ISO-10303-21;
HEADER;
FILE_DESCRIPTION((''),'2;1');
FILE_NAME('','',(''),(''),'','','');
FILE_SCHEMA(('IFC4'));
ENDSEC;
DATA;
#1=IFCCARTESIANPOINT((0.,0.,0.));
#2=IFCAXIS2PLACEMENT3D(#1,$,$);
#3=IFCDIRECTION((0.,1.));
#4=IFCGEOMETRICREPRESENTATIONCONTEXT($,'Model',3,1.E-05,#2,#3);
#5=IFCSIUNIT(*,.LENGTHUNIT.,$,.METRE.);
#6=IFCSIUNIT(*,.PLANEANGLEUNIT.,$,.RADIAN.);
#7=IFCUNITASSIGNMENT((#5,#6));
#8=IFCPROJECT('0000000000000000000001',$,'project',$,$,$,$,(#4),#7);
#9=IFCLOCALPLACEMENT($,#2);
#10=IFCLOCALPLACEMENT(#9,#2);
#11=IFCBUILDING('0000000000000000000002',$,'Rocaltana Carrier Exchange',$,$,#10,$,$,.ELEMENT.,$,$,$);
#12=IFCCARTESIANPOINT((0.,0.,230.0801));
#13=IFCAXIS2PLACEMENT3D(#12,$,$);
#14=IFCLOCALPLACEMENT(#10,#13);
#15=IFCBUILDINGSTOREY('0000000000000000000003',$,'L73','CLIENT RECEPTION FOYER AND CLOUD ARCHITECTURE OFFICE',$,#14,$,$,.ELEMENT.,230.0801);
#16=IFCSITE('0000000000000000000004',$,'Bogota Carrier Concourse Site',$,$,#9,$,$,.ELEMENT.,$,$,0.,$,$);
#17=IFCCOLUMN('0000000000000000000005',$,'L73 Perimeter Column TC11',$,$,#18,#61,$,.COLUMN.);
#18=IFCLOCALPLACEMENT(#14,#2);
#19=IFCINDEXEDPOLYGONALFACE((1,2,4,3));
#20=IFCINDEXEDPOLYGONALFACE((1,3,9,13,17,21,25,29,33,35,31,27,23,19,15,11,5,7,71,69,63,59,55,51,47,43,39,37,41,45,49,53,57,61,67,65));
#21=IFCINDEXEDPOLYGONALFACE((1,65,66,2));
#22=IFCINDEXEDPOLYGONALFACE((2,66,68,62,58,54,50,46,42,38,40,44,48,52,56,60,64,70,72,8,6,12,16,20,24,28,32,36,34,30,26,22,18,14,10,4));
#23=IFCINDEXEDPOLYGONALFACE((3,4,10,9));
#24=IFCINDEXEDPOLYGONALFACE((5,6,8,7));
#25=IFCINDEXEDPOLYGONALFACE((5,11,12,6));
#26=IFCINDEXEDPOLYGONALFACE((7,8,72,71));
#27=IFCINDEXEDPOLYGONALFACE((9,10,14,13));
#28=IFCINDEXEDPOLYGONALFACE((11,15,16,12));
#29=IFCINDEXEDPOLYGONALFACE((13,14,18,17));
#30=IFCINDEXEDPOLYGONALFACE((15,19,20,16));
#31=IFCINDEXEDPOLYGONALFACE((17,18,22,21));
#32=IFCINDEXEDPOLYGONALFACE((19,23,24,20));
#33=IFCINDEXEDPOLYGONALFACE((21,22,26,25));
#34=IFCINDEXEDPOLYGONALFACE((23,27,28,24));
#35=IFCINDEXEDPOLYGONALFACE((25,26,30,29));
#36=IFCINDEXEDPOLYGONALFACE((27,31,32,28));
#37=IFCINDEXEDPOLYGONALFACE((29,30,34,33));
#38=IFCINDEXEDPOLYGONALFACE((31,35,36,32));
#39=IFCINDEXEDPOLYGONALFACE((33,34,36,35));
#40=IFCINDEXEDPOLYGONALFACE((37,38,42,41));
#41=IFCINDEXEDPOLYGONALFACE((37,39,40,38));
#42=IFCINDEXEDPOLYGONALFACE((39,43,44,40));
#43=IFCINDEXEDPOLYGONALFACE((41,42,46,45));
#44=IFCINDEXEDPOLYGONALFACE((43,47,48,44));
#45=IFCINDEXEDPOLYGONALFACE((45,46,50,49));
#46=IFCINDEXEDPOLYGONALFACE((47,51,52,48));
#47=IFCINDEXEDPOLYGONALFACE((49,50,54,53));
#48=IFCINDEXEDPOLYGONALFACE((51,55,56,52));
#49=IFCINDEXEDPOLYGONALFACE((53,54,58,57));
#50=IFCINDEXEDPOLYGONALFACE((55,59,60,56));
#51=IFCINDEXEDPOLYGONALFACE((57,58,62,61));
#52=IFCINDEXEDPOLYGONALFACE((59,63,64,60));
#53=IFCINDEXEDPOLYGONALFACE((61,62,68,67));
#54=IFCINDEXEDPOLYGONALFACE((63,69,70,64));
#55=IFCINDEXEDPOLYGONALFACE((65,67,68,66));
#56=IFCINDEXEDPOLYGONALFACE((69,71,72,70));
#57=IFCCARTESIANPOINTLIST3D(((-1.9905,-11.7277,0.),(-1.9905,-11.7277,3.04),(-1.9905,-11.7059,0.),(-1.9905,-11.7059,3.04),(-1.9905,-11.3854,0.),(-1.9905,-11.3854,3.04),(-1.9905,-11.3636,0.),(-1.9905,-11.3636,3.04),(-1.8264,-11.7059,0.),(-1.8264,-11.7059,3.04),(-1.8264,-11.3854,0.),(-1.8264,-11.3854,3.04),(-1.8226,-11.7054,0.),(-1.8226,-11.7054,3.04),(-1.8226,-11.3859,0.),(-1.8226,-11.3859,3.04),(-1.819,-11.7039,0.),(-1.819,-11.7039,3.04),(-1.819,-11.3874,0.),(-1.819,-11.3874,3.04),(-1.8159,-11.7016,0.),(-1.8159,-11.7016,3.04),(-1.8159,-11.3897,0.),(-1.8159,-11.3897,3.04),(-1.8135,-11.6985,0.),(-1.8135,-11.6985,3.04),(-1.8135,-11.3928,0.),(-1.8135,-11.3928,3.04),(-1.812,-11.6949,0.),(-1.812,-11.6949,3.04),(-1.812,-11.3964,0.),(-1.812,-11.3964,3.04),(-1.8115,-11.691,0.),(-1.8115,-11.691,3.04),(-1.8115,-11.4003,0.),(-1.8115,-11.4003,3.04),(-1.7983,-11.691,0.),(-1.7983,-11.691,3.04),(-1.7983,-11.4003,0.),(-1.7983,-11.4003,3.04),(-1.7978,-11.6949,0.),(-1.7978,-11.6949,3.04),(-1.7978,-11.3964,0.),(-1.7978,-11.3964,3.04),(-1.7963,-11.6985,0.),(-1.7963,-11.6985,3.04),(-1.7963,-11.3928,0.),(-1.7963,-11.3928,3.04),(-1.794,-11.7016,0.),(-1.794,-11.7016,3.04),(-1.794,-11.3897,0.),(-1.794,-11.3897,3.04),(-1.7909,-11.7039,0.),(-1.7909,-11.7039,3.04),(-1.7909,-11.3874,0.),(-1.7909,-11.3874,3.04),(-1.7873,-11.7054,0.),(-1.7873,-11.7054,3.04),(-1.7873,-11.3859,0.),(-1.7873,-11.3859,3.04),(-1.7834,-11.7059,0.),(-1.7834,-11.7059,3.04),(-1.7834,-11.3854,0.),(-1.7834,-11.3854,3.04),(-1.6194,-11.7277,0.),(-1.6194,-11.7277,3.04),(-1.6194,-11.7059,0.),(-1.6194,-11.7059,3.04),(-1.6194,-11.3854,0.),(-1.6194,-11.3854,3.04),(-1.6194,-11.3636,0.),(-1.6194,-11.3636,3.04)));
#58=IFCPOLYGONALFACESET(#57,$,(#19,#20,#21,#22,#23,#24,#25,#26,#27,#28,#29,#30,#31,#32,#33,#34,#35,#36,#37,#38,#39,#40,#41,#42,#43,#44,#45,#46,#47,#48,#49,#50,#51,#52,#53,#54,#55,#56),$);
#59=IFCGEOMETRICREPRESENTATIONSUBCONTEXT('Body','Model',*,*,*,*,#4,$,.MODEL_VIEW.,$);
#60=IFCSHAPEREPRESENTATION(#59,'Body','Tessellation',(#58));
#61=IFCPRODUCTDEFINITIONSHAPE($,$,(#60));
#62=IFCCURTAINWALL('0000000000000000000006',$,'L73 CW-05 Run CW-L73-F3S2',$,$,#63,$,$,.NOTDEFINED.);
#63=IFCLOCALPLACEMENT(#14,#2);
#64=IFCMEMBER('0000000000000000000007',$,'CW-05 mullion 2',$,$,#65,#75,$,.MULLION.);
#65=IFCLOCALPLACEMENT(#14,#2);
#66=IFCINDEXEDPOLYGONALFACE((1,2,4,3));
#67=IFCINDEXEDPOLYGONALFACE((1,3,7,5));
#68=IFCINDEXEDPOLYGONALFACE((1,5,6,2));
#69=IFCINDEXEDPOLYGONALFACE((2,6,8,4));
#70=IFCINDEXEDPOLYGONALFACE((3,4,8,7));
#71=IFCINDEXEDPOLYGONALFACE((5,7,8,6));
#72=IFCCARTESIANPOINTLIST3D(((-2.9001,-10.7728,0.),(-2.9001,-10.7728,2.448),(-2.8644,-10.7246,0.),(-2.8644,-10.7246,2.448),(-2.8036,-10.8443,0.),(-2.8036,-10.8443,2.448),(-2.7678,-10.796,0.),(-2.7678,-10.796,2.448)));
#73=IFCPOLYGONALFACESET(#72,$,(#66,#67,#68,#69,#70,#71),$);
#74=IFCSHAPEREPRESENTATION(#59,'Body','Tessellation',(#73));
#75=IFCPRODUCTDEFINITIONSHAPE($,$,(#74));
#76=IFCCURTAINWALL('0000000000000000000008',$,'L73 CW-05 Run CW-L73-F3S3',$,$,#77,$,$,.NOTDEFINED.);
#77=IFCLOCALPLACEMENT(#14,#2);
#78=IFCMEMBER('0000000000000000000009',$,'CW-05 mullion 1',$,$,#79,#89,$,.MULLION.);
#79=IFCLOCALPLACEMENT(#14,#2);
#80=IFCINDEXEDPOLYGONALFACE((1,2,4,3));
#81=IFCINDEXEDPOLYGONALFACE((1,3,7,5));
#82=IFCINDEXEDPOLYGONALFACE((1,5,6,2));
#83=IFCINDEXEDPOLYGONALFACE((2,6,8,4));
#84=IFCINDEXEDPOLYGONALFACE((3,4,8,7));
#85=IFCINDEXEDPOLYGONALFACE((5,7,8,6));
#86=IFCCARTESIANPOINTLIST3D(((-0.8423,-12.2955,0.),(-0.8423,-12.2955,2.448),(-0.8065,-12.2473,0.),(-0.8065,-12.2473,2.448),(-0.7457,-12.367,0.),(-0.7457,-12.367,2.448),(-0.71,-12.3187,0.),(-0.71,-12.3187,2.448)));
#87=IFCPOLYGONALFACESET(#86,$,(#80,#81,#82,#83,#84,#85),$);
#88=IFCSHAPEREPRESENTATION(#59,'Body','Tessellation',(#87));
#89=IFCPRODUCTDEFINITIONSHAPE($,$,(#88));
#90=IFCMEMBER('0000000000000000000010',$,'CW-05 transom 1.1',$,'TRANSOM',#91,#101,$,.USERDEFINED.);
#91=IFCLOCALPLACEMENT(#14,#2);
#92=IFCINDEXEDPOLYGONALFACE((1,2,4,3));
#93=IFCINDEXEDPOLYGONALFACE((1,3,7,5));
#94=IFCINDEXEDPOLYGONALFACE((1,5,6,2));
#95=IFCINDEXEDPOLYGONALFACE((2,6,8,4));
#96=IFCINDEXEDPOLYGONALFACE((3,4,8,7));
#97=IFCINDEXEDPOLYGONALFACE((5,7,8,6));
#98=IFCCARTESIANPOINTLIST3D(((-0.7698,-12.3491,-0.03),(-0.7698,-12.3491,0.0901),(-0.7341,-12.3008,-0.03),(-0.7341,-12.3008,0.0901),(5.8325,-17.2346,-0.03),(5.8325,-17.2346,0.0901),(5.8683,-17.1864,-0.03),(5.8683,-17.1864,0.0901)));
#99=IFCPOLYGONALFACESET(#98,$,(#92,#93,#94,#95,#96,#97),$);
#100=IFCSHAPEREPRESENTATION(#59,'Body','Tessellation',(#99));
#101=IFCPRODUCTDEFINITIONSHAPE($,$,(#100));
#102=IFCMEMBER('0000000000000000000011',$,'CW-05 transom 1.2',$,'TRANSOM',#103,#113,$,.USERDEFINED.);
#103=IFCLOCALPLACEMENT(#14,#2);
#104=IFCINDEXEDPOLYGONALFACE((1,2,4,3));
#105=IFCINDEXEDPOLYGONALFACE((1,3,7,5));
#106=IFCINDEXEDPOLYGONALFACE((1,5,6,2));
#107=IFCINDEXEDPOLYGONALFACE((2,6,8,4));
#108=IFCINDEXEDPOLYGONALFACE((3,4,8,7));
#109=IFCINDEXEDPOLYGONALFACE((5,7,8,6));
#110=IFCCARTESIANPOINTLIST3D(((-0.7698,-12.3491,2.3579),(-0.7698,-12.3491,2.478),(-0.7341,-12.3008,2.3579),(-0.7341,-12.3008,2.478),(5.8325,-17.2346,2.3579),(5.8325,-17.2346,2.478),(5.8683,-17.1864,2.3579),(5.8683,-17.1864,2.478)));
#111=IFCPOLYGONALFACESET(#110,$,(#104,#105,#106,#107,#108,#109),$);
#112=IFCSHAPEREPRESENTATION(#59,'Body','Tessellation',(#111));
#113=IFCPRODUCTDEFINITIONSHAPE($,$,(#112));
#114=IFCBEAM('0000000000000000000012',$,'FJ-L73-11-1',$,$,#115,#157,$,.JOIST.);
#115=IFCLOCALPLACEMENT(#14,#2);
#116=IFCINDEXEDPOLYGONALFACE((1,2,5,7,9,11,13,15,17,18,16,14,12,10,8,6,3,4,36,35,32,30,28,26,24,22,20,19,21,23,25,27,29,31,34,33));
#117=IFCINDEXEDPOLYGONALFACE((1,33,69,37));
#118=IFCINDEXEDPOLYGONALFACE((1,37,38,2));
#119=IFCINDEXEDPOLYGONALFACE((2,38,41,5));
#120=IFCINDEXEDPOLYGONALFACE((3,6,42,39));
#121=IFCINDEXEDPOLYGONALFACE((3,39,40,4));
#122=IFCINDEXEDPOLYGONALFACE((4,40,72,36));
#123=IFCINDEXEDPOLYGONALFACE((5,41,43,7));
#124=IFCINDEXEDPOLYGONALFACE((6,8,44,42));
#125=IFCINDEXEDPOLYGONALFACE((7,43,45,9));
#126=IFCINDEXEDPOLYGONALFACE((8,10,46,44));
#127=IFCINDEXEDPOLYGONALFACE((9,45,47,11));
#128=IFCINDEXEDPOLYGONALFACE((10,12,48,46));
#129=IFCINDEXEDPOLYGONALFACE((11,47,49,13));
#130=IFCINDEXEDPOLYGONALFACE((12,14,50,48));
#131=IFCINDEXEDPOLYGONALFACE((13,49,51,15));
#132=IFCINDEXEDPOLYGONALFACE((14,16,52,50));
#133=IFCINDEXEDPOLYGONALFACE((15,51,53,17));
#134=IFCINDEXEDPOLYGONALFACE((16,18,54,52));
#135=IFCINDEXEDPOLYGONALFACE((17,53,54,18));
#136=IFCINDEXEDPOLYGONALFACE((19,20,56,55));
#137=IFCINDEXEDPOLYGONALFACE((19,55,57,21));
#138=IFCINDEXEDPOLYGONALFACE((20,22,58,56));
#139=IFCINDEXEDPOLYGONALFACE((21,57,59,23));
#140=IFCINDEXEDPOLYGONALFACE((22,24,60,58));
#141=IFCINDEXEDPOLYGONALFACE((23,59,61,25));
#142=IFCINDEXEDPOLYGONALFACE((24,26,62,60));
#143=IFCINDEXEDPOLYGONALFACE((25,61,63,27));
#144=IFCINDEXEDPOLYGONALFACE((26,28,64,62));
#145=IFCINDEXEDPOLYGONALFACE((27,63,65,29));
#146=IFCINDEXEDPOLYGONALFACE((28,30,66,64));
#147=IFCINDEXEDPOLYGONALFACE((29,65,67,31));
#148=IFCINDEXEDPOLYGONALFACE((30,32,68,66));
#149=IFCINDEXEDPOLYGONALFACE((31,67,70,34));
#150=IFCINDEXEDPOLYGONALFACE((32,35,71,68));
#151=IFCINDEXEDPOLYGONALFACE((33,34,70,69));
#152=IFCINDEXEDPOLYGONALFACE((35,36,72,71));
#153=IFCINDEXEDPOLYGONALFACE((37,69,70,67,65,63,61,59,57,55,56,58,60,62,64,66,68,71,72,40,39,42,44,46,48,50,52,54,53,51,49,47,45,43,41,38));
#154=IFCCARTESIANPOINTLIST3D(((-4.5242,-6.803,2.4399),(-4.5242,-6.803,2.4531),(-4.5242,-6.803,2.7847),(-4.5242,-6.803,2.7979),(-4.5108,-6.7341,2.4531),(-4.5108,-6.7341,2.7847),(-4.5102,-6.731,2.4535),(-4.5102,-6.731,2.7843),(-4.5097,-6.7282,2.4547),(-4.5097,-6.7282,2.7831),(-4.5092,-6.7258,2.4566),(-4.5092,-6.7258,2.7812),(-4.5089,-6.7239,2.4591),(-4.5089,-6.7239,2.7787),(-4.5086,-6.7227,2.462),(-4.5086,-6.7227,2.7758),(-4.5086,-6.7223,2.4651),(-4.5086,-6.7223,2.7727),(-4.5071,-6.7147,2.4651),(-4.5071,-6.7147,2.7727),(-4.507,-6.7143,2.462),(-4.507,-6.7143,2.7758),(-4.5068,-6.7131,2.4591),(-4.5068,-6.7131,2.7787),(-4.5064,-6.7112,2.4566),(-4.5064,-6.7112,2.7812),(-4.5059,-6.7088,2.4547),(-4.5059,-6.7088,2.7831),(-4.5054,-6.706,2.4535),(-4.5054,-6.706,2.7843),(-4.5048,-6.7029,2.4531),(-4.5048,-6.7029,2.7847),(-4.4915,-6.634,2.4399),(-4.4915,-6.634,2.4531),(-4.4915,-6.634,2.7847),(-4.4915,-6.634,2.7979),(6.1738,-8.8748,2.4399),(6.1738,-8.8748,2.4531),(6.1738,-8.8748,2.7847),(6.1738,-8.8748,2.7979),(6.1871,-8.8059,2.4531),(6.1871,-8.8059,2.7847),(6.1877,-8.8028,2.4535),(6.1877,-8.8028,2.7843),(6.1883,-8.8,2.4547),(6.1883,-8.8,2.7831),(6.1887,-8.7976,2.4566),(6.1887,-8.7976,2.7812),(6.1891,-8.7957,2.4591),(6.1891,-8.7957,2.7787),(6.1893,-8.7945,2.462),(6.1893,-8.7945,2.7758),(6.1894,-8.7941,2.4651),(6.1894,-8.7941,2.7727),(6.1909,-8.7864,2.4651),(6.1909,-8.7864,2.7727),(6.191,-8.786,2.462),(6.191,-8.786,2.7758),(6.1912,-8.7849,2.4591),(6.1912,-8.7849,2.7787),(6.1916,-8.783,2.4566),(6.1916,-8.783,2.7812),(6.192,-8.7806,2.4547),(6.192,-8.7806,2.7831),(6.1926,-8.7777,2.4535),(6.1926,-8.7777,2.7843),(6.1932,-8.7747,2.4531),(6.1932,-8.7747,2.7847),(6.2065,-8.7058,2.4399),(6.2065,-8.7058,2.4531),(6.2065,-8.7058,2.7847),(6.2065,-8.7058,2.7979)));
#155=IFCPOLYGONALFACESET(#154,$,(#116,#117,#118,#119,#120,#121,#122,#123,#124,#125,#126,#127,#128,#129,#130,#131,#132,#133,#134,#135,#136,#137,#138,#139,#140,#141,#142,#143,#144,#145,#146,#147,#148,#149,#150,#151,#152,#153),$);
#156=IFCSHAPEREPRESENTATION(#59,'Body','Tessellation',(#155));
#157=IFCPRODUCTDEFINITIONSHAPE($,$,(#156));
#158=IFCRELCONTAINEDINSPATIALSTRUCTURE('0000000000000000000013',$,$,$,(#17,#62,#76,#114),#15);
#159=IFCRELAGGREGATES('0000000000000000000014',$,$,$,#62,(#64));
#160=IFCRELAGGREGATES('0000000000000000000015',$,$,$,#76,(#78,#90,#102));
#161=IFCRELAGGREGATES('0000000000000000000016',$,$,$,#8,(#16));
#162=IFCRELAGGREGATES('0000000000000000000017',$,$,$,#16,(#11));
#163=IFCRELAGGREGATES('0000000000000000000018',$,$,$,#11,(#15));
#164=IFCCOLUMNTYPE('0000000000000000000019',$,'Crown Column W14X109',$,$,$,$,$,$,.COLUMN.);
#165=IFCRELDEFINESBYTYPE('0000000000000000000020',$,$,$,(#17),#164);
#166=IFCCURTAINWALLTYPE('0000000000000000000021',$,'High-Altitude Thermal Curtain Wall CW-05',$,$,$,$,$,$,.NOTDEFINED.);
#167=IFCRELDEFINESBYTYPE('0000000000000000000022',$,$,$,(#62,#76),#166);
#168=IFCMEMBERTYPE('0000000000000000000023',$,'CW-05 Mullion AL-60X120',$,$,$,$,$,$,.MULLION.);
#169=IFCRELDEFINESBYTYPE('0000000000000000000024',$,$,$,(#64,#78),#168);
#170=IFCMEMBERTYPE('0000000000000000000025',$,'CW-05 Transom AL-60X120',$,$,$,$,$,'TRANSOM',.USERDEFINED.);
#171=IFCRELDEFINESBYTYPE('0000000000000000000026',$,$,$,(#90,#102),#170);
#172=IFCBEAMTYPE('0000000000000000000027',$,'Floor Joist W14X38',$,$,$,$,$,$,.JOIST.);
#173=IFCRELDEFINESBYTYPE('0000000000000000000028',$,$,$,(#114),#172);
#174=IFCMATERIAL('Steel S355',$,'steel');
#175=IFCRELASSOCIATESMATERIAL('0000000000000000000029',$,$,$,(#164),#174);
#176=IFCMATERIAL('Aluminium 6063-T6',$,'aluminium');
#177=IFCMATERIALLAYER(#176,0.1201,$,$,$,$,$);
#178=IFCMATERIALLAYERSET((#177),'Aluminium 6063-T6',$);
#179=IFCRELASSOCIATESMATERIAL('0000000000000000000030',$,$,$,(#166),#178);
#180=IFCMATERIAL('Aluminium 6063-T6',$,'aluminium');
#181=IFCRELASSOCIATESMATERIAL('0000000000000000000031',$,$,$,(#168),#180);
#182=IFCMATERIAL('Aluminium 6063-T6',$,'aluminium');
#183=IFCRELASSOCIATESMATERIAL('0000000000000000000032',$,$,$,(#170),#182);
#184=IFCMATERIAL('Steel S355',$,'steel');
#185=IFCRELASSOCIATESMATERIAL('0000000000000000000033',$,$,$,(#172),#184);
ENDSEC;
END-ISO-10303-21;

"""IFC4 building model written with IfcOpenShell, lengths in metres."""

from ifc_helpers import new_model, si_unit, direction, frame, origin, origin_2d, place, context, subcontext, project, spatial, rectangle, i_section, extrude, material, layer, layer_set, material_profile, profile_set, type_object, element, aggregate, save


model = new_model("IFC4")

# Units and contexts
model_context = context("Model", 3, precision=1e-05, world=origin(), true_north=direction((0.0, 1.0)))
body_context = subcontext(model_context, "Body", "Model", "MODEL_VIEW")
ifc_project = project(units=[si_unit("LENGTHUNIT", "METRE"), si_unit("PLANEANGLEUNIT", "RADIAN")], contexts=[model_context])

# Site, building, storey
site_placement = place(None, origin())
site = spatial("IfcSite", under=ifc_project, at=site_placement, Name="Bogota Carrier Concourse Site", CompositionType="ELEMENT", RefElevation=0.0)
building_placement = place(site_placement, origin())
building = spatial("IfcBuilding", under=site, at=building_placement, Name="Rocaltana Carrier Exchange", CompositionType="ELEMENT")
storey_placement = place(building_placement, frame((0.0, 0.0, 230.0801)))
storey = spatial("IfcBuildingStorey", under=building, at=storey_placement, Name="L73", Description="CLIENT RECEPTION FOYER AND CLOUD ARCHITECTURE OFFICE", CompositionType="ELEMENT", Elevation=230.0801)

# Column
ifc_material_1 = material(Name="Steel S355", Category="steel")
ifc_material_profile_1 = material_profile(ifc_material_1, i_section(OverallWidth=0.3711, OverallDepth=0.364, WebThickness=0.0132, FlangeThickness=0.0217, FilletRadius=0.0149, at=origin_2d()), Name="W14X109")
ifc_profile_set_1 = profile_set([ifc_material_profile_1], Name="Steel S355")
column_type = type_object("IfcColumnType", Name="Crown Column W14X109", PredefinedType="COLUMN", material=ifc_profile_set_1)
column_placement = place(storey_placement, frame((-1.8049, -11.5457, 0.0), z_axis=(0.0, 0.0, 1.0), x_axis=(1.0, 0.0, 0.0)))
element("IfcColumn", 1, at=column_placement, inside=storey, type_object=column_type, Name="L73 Perimeter Column TC11", PredefinedType="COLUMN", context=body_context, shape_type="SweptSolid", body=[
    extrude(i_section(OverallWidth=0.3711, OverallDepth=0.364, WebThickness=0.0132, FlangeThickness=0.0217, FilletRadius=0.0149, at=origin_2d()), origin(), (0.0, 0.0, 1.0), 3.04),
])

# Curtain wall, member
ifc_material_2 = material(Name="Aluminium 6063-T6", Category="aluminium")
ifc_layer_1 = layer(ifc_material_2, 0.1201)
ifc_layer_set_1 = layer_set([ifc_layer_1], Name="Aluminium 6063-T6")
curtain_wall_type = type_object("IfcCurtainWallType", Name="High-Altitude Thermal Curtain Wall CW-05", PredefinedType="NOTDEFINED", material=ifc_layer_set_1)
curtain_wall_1_placement = place(storey_placement, origin())
curtain_wall_1 = element("IfcCurtainWall", 2, at=curtain_wall_1_placement, inside=storey, type_object=curtain_wall_type, Name="L73 CW-05 Run CW-L73-F3S2", PredefinedType="NOTDEFINED")
ifc_material_3 = material(Name="Aluminium 6063-T6", Category="aluminium")
ifc_material_profile_2 = material_profile(ifc_material_3, rectangle(XDim=0.0601, YDim=0.1201, at=origin_2d()), Name="AL-60X120")
ifc_profile_set_2 = profile_set([ifc_material_profile_2], Name="Aluminium 6063-T6")
member_type_1 = type_object("IfcMemberType", Name="CW-05 Mullion AL-60X120", PredefinedType="MULLION", material=ifc_profile_set_2)
member_1_placement = place(storey_placement, frame((-2.834, -10.7844, 0.0), z_axis=(0.0, 0.0, 1.0), x_axis=(0.594821, 0.803858, 0.0)))
member_1 = element("IfcMember", 3, at=member_1_placement, type_object=member_type_1, Name="CW-05 mullion 2", PredefinedType="MULLION", context=body_context, shape_type="SweptSolid", body=[
    extrude(rectangle(XDim=0.0601, YDim=0.1201, at=origin_2d()), origin(), (0.0, 0.0, 1.0), 2.448),
])
aggregate(curtain_wall_1, [member_1])

# Curtain wall, members
curtain_wall_2_placement = place(storey_placement, origin())
curtain_wall_2 = element("IfcCurtainWall", 4, at=curtain_wall_2_placement, inside=storey, type_object=curtain_wall_type, Name="L73 CW-05 Run CW-L73-F3S3", PredefinedType="NOTDEFINED")
member_2_placement = place(storey_placement, frame((-0.7761, -12.3071, 0.0), z_axis=(0.0, 0.0, 1.0), x_axis=(0.594827, 0.803854, 0.0)))
member_2 = element("IfcMember", 5, at=member_2_placement, type_object=member_type_1, Name="CW-05 mullion 1", PredefinedType="MULLION", context=body_context, shape_type="SweptSolid", body=[
    extrude(rectangle(XDim=0.0601, YDim=0.1201, at=origin_2d()), origin(), (0.0, 0.0, 1.0), 2.448),
])
ifc_material_4 = material(Name="Aluminium 6063-T6", Category="aluminium")
ifc_material_profile_3 = material_profile(ifc_material_4, rectangle(XDim=0.0601, YDim=0.1201, at=origin_2d()), Name="AL-60X120")
ifc_profile_set_3 = profile_set([ifc_material_profile_3], Name="Aluminium 6063-T6")
member_type_2 = type_object("IfcMemberType", Name="CW-05 Transom AL-60X120", ElementType="TRANSOM", PredefinedType="USERDEFINED", material=ifc_profile_set_3)
member_3_placement = place(storey_placement, frame((-0.752, -12.325, 0.03), z_axis=(0.803854, -0.594827, 0.0), x_axis=(0.594827, 0.803854, 0.0)))
member_3 = element("IfcMember", 6, at=member_3_placement, type_object=member_type_2, Name="CW-05 transom 1.1", ObjectType="TRANSOM", PredefinedType="USERDEFINED", context=body_context, shape_type="SweptSolid", body=[
    extrude(rectangle(XDim=0.0601, YDim=0.1201, at=origin_2d()), origin(), (0.0, 0.0, 1.0), 8.2134),
])
member_4_placement = place(storey_placement, frame((-0.752, -12.325, 2.418), z_axis=(0.803854, -0.594827, 0.0), x_axis=(0.594827, 0.803854, 0.0)))
member_4 = element("IfcMember", 7, at=member_4_placement, type_object=member_type_2, Name="CW-05 transom 1.2", ObjectType="TRANSOM", PredefinedType="USERDEFINED", context=body_context, shape_type="SweptSolid", body=[
    extrude(rectangle(XDim=0.0601, YDim=0.1201, at=origin_2d()), origin(), (0.0, 0.0, 1.0), 8.2134),
])
aggregate(curtain_wall_2, [member_2, member_3, member_4])

# Beam
ifc_material_5 = material(Name="Steel S355", Category="steel")
ifc_material_profile_4 = material_profile(ifc_material_5, i_section(OverallWidth=0.1721, OverallDepth=0.3579, WebThickness=0.0078, FlangeThickness=0.0132, FilletRadius=0.012, at=origin_2d()), Name="W14X38")
ifc_profile_set_4 = profile_set([ifc_material_profile_4], Name="Steel S355")
beam_type_1 = type_object("IfcBeamType", Name="Floor Joist W14X38", PredefinedType="JOIST", material=ifc_profile_set_4)
beam_1_placement = place(storey_placement, frame((-4.5078, -6.7185, 2.6189), z_axis=(0.981759, -0.190128, 0.0), x_axis=(0.190128, 0.981759, 0.0)))
element("IfcBeam", 8, at=beam_1_placement, inside=storey, type_object=beam_type_1, Name="FJ-L73-11-1", PredefinedType="JOIST", context=body_context, shape_type="SweptSolid", body=[
    extrude(i_section(OverallWidth=0.1721, OverallDepth=0.3579, WebThickness=0.0078, FlangeThickness=0.0132, FilletRadius=0.012, at=origin_2d()), origin(), (0.0, 0.0, 1.0), 10.8967),
])

save(model, "model.ifc")
